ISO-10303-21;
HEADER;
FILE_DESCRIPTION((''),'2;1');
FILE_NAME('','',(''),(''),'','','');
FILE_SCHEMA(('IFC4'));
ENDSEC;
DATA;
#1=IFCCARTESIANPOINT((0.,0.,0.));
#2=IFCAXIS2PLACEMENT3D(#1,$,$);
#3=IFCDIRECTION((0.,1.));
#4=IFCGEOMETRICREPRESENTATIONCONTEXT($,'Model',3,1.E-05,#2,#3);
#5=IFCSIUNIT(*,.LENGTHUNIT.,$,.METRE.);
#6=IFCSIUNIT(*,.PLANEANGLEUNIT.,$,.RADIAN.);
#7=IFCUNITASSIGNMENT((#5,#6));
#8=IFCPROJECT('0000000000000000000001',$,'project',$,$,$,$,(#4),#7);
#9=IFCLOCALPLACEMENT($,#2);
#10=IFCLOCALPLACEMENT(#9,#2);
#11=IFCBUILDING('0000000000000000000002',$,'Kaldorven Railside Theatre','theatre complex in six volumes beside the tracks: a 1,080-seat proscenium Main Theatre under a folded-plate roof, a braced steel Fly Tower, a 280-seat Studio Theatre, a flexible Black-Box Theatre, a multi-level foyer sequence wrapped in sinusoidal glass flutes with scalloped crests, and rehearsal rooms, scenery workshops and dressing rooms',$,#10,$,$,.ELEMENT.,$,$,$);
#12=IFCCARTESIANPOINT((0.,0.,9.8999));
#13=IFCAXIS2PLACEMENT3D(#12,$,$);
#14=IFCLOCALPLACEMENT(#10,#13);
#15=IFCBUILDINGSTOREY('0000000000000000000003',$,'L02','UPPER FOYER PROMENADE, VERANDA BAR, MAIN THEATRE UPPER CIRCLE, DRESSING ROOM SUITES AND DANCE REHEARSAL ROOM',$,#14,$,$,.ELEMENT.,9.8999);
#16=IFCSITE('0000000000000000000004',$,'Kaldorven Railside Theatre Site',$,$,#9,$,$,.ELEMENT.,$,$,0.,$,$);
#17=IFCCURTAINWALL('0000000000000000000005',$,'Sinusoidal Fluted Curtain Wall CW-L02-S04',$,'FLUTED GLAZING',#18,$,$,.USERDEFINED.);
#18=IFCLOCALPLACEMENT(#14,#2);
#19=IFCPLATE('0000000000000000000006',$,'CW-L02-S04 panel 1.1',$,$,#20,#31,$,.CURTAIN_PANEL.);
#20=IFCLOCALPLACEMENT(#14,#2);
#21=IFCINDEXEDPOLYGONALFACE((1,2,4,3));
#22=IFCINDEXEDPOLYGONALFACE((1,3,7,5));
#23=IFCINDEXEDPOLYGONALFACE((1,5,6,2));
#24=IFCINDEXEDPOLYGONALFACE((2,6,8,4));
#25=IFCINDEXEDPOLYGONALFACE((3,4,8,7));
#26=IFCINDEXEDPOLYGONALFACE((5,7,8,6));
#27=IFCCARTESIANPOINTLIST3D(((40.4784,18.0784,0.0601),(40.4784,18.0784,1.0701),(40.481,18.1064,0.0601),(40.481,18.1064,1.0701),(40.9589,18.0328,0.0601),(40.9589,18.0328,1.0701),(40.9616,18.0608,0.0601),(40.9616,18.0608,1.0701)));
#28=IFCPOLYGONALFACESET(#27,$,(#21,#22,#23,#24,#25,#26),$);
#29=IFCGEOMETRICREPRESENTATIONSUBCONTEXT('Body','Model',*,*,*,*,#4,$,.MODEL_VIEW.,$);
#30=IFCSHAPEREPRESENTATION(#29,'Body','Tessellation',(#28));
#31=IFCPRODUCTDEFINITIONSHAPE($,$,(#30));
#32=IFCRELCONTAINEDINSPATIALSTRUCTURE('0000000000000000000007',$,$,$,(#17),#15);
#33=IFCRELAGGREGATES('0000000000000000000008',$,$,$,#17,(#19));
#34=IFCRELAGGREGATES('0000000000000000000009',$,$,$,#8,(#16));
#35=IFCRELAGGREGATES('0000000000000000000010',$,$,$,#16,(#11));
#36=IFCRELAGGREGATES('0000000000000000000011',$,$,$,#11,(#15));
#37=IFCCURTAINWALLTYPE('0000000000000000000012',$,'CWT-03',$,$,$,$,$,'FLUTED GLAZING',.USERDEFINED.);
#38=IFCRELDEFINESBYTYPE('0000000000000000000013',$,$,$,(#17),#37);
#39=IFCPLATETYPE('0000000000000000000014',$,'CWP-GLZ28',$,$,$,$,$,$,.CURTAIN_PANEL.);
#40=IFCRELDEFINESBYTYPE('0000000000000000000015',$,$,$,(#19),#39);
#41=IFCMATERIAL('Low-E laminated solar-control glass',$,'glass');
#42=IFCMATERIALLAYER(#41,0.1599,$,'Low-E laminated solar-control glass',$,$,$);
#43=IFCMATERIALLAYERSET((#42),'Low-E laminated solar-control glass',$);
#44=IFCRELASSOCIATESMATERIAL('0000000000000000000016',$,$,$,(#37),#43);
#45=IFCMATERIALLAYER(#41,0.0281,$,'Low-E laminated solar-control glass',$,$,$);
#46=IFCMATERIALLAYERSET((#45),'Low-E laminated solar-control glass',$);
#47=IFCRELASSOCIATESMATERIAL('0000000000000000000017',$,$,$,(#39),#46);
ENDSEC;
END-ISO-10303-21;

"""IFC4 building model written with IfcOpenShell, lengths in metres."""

from ifc_helpers import new_model, si_unit, direction, frame, origin, origin_2d, place, context, subcontext, project, spatial, rectangle, extrude, material, layer, layer_set, type_object, element, aggregate, save


model = new_model("IFC4")

# Units and contexts
model_context = context("Model", 3, precision=1e-05, world=origin(), true_north=direction((0.0, 1.0)))
body_context = subcontext(model_context, "Body", "Model", "MODEL_VIEW")
ifc_project = project(units=[si_unit("LENGTHUNIT", "METRE"), si_unit("PLANEANGLEUNIT", "RADIAN")], contexts=[model_context])

# Site, building, storey
site_placement = place(None, origin())
site = spatial("IfcSite", under=ifc_project, at=site_placement, Name="Kaldorven Railside Theatre Site", CompositionType="ELEMENT", RefElevation=0.0)
building_placement = place(site_placement, origin())
building = spatial("IfcBuilding", under=site, at=building_placement, Name="Kaldorven Railside Theatre", Description="theatre complex in six volumes beside the tracks: a 1,080-seat proscenium Main Theatre under a folded-plate roof, a braced steel Fly Tower, a 280-seat Studio Theatre, a flexible Black-Box Theatre, a multi-level foyer sequence wrapped in sinusoidal glass flutes with scalloped crests, and rehearsal rooms, scenery workshops and dressing rooms", CompositionType="ELEMENT")
storey_placement = place(building_placement, frame((0.0, 0.0, 9.8999)))
storey = spatial("IfcBuildingStorey", under=building, at=storey_placement, Name="L02", Description="UPPER FOYER PROMENADE, VERANDA BAR, MAIN THEATRE UPPER CIRCLE, DRESSING ROOM SUITES AND DANCE REHEARSAL ROOM", CompositionType="ELEMENT", Elevation=9.8999)

# Curtain wall
ifc_material_1 = material(Name="Low-E laminated solar-control glass", Category="glass")
ifc_layer_1 = layer(ifc_material_1, 0.1599, Name="Low-E laminated solar-control glass")
ifc_layer_set_1 = layer_set([ifc_layer_1], Name="Low-E laminated solar-control glass")
curtain_wall_type = type_object("IfcCurtainWallType", Name="CWT-03", ElementType="FLUTED GLAZING", PredefinedType="USERDEFINED", material=ifc_layer_set_1)
curtain_wall_1_placement = place(storey_placement, origin())
curtain_wall_1 = element("IfcCurtainWall", 1, at=curtain_wall_1_placement, inside=storey, type_object=curtain_wall_type, Name="Sinusoidal Fluted Curtain Wall CW-L02-S04", ObjectType="FLUTED GLAZING", PredefinedType="USERDEFINED")

# Plate
ifc_layer_2 = layer(ifc_material_1, 0.0281, Name="Low-E laminated solar-control glass")
ifc_layer_set_2 = layer_set([ifc_layer_2], Name="Low-E laminated solar-control glass")
plate_type = type_object("IfcPlateType", Name="CWP-GLZ28", PredefinedType="CURTAIN_PANEL", material=ifc_layer_set_2)
plate_1_placement = place(storey_placement, frame((40.72, 18.0696, 0.0601), z_axis=(0.0, 0.0, 1.0), x_axis=(0.995526, -0.094492, 0.0)))
plate_1 = element("IfcPlate", 2, at=plate_1_placement, type_object=plate_type, Name="CW-L02-S04 panel 1.1", PredefinedType="CURTAIN_PANEL", context=body_context, shape_type="SweptSolid", body=[
    extrude(rectangle(XDim=0.4827, YDim=0.0281, at=origin_2d()), origin(), (0.0, 0.0, 1.0), 1.01),
])
aggregate(curtain_wall_1, [plate_1])

save(model, "model.ifc")
